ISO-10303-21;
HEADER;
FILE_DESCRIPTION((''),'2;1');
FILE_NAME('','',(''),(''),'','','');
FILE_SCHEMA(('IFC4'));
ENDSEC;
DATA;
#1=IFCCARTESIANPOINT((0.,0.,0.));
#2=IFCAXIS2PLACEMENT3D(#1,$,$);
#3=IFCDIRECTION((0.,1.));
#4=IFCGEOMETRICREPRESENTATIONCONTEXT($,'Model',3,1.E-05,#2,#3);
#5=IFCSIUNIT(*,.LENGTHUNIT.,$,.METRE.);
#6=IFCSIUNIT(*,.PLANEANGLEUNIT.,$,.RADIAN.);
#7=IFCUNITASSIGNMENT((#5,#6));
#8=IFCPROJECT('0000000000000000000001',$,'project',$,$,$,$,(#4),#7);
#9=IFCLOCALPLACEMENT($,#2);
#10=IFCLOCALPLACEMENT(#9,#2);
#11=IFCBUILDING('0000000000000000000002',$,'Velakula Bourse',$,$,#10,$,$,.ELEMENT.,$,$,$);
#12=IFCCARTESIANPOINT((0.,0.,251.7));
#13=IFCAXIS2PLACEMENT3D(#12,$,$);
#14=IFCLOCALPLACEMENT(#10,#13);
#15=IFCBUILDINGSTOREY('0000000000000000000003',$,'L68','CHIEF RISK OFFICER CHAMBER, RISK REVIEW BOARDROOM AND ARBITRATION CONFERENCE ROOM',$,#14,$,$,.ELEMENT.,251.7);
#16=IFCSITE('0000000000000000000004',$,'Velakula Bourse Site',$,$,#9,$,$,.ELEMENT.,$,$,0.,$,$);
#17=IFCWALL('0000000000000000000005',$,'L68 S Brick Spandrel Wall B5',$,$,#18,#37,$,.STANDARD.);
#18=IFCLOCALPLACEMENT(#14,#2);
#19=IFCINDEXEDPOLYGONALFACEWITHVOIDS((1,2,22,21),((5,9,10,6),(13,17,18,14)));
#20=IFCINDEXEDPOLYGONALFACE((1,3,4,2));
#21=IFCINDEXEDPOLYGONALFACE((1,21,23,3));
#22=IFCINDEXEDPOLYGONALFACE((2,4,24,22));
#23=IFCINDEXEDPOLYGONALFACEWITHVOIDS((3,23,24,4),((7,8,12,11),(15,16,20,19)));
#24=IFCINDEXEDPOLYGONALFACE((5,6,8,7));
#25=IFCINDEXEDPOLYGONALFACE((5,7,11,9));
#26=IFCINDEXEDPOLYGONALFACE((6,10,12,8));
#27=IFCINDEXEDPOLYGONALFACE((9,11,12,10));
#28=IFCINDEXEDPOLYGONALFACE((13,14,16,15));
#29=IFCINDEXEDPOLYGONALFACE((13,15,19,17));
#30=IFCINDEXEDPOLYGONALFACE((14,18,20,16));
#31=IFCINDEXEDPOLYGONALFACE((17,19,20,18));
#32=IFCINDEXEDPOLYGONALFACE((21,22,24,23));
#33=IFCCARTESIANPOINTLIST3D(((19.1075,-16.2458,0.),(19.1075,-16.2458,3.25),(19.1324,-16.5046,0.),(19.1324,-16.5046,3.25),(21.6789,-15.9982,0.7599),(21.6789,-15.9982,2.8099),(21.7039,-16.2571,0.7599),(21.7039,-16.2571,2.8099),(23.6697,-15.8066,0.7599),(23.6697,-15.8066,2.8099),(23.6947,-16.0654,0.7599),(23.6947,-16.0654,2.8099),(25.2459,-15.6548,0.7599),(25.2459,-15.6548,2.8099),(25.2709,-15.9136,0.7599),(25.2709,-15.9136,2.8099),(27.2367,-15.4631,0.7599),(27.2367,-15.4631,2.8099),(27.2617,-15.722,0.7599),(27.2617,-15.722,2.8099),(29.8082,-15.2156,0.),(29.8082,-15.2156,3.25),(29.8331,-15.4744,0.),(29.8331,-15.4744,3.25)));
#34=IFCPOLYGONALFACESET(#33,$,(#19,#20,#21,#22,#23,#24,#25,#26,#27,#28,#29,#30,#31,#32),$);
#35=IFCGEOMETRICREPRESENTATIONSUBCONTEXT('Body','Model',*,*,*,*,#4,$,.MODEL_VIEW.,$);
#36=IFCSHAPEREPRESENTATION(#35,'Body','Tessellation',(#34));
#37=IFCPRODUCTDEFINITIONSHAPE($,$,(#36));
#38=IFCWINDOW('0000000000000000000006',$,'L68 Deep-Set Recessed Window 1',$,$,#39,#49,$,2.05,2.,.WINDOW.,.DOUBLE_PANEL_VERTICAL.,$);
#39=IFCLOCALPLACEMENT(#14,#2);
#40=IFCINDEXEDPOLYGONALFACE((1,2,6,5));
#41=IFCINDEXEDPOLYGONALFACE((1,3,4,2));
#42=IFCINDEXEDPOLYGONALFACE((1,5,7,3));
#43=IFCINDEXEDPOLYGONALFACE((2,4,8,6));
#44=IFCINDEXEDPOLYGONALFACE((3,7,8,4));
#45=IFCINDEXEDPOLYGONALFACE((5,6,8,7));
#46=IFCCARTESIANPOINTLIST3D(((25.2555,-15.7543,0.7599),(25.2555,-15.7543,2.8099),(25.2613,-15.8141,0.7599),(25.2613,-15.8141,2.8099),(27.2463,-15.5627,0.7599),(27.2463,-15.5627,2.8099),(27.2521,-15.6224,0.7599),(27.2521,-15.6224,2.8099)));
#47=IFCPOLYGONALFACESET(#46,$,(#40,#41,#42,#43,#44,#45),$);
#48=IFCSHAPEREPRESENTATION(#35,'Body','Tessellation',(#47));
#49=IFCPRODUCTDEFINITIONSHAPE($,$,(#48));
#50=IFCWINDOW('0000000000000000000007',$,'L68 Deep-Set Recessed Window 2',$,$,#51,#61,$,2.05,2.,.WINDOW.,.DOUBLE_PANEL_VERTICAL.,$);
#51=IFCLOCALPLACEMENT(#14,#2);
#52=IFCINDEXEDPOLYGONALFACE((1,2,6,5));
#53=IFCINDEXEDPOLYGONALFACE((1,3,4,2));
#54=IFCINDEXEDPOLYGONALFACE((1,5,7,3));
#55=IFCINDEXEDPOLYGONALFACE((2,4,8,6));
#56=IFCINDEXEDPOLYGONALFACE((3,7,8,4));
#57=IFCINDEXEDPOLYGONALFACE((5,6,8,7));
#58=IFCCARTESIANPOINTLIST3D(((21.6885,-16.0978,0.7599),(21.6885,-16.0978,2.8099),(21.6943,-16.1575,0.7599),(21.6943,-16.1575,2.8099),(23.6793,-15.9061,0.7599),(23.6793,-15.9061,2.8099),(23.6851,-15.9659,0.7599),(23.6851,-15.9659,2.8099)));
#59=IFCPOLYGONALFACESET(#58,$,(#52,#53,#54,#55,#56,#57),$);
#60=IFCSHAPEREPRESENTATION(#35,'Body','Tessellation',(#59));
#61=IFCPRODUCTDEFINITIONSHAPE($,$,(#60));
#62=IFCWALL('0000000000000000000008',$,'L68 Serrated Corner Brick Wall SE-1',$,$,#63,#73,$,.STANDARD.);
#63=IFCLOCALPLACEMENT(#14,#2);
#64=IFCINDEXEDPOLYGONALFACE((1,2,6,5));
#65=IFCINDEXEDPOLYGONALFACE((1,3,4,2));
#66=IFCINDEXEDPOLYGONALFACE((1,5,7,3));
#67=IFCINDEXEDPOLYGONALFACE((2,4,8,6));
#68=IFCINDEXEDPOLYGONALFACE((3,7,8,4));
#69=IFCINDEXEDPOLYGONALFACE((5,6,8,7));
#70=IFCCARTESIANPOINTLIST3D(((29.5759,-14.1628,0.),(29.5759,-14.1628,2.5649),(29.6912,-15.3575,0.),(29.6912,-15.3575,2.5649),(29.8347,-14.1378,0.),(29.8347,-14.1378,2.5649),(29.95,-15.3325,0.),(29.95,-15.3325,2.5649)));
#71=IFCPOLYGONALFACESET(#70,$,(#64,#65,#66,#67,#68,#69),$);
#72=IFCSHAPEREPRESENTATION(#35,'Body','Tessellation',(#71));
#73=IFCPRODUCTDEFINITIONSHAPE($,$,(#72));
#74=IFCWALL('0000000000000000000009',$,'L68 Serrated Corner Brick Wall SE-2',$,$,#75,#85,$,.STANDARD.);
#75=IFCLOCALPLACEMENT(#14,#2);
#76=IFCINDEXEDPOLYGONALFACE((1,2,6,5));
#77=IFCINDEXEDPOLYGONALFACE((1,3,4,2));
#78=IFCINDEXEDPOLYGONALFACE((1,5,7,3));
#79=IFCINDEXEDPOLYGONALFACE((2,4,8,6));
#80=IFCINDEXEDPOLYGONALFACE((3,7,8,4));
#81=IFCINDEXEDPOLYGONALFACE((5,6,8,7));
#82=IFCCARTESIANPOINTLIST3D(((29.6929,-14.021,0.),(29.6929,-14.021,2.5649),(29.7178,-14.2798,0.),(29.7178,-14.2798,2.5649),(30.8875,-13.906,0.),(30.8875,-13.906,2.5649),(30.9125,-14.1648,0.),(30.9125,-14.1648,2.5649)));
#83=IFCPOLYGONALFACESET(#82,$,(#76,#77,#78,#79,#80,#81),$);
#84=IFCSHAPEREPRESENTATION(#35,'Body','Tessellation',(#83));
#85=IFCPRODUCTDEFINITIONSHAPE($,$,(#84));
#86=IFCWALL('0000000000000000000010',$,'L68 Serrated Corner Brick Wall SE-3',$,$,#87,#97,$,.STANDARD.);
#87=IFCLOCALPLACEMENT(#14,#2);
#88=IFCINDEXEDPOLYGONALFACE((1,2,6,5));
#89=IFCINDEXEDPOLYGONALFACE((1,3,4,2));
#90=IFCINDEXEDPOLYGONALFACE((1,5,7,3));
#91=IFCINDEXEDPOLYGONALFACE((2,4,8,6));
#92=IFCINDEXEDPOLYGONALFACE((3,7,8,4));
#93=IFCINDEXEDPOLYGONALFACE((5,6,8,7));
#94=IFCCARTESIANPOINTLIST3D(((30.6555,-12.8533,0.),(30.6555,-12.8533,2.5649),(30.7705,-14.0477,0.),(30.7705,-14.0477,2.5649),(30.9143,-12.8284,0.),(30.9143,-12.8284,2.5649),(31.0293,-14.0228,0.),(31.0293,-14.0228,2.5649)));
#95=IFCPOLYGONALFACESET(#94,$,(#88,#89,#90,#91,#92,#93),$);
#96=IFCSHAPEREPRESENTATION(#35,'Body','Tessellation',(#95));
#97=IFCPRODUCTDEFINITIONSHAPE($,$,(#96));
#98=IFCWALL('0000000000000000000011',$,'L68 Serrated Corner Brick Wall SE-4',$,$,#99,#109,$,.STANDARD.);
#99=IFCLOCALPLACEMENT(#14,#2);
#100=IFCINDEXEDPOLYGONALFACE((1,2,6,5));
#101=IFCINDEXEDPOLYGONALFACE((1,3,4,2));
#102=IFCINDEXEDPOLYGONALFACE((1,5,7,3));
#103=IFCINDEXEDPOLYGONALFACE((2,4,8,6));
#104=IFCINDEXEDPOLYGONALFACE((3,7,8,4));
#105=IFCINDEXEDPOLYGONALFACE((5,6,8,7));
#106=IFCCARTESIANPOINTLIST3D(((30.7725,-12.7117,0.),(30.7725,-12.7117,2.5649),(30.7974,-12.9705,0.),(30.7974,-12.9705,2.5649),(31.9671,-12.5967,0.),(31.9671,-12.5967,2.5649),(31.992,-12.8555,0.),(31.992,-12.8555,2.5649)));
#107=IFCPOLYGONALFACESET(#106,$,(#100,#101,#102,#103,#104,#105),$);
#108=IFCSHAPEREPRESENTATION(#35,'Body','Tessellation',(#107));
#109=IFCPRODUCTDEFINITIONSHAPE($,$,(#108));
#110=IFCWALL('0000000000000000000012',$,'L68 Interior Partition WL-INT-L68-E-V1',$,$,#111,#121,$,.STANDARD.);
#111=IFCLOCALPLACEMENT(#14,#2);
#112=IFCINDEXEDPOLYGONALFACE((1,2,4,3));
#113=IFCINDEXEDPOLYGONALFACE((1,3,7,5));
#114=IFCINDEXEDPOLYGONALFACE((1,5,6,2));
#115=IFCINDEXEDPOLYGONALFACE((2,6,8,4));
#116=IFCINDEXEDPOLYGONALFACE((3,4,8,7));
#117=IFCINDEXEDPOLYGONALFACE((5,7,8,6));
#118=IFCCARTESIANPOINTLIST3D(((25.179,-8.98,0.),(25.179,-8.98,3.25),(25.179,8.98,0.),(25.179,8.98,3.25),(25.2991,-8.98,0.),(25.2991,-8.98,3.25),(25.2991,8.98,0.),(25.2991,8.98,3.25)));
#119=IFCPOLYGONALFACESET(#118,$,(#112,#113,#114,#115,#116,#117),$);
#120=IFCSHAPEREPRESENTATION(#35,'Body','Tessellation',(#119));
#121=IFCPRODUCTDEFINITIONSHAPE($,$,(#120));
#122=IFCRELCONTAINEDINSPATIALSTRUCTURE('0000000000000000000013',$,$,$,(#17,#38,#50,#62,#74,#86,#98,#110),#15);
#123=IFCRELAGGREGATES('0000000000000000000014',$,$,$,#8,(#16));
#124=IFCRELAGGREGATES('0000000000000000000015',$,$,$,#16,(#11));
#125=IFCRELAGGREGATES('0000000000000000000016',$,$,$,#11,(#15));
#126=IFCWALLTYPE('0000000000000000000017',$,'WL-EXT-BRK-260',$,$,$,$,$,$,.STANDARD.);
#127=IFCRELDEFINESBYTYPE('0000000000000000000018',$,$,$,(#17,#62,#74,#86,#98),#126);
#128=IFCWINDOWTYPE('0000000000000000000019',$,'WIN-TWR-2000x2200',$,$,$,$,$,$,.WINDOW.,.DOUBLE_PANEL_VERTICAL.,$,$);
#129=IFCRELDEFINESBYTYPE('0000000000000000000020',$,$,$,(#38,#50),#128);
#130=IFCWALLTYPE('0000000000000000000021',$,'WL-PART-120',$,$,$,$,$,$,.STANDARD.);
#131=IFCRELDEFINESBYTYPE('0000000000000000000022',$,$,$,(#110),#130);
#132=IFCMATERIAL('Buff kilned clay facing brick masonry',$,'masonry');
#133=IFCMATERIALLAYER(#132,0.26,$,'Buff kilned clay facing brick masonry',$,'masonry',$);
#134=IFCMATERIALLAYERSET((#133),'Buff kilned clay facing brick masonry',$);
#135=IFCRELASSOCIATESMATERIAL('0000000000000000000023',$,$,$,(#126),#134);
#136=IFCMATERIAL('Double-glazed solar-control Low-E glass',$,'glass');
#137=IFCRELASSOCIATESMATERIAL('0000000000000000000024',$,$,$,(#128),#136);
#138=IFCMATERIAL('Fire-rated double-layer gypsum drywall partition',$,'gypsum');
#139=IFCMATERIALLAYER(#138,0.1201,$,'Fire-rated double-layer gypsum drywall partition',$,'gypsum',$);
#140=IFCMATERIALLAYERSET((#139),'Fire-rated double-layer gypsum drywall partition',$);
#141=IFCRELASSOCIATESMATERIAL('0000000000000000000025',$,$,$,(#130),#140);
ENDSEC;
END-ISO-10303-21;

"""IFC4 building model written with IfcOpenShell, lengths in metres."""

from ifc_helpers import new_model, si_unit, direction, frame, frame_2d, origin, place, context, subcontext, project, spatial, rectangle, extrude, material, layer, layer_set, type_object, element, fill, save


model = new_model("IFC4")

# Units and contexts
model_context = context("Model", 3, precision=1e-05, world=origin(), true_north=direction((0.0, 1.0)))
body_context = subcontext(model_context, "Body", "Model", "MODEL_VIEW")
ifc_project = project(units=[si_unit("LENGTHUNIT", "METRE"), si_unit("PLANEANGLEUNIT", "RADIAN")], contexts=[model_context])

# Site, building, storey
site_placement = place(None, origin())
site = spatial("IfcSite", under=ifc_project, at=site_placement, Name="Velakula Bourse Site", CompositionType="ELEMENT", RefElevation=0.0)
building_placement = place(site_placement, origin())
building = spatial("IfcBuilding", under=site, at=building_placement, Name="Velakula Bourse", CompositionType="ELEMENT")
storey_placement = place(building_placement, frame((0.0, 0.0, 251.7)))
storey = spatial("IfcBuildingStorey", under=building, at=storey_placement, Name="L68", Description="CHIEF RISK OFFICER CHAMBER, RISK REVIEW BOARDROOM AND ARBITRATION CONFERENCE ROOM", CompositionType="ELEMENT", Elevation=251.7)

# Wall, openings, windows
ifc_material_1 = material(Name="Buff kilned clay facing brick masonry", Category="masonry")
ifc_layer_1 = layer(ifc_material_1, 0.26, Name="Buff kilned clay facing brick masonry", Category="masonry")
ifc_layer_set_1 = layer_set([ifc_layer_1], Name="Buff kilned clay facing brick masonry")
wall_type_1 = type_object("IfcWallType", Name="WL-EXT-BRK-260", PredefinedType="STANDARD", material=ifc_layer_set_1)
wall_1_placement = place(storey_placement, frame((29.8206, -15.345, 0.0), z_axis=(0.0, 0.0, 1.0), x_axis=(-0.995397, -0.095838, 0.0)))
wall_1 = element("IfcWall", 1, at=wall_1_placement, inside=storey, type_object=wall_type_1, Name="L68 S Brick Spandrel Wall B5", PredefinedType="STANDARD", context=body_context, shape_type="SweptSolid", body=[
    extrude(rectangle(XDim=10.7502, YDim=0.26, at=frame_2d((5.375, 0.0))), origin(), (0.0, 0.0, 1.0), 3.25),
])
opening_1_placement = place(wall_1_placement, frame((2.5833, 0.0, 0.76)))
opening_1 = element("IfcOpeningElement", 2, at=opening_1_placement, cuts=wall_1, PredefinedType="OPENING", context=body_context, shape_type="SweptSolid", body=[
    extrude(rectangle(XDim=2.0, YDim=2.05, at=frame_2d((1.0, 1.0249))), frame((0.0, 0.1399, 0.0), z_axis=(0.0, -1.0, 0.0), x_axis=(1.0, 0.0, 0.0)), (0.0, 0.0, 1.0), 0.28),
])
opening_2_placement = place(wall_1_placement, frame((6.1667, 0.0, 0.76)))
opening_2 = element("IfcOpeningElement", 3, at=opening_2_placement, cuts=wall_1, PredefinedType="OPENING", context=body_context, shape_type="SweptSolid", body=[
    extrude(rectangle(XDim=2.0, YDim=2.05, at=frame_2d((1.0, 1.0249))), frame((0.0, 0.1399, 0.0), z_axis=(0.0, -1.0, 0.0), x_axis=(1.0, 0.0, 0.0)), (0.0, 0.0, 1.0), 0.28),
])
ifc_material_2 = material(Name="Double-glazed solar-control Low-E glass", Category="glass")
window_type = type_object("IfcWindowType", Name="WIN-TWR-2000x2200", PartitioningType="DOUBLE_PANEL_VERTICAL", PredefinedType="WINDOW", material=ifc_material_2)
window_1_placement = place(opening_1_placement, origin())
window_1 = element("IfcWindow", 4, at=window_1_placement, inside=storey, type_object=window_type, Name="L68 Deep-Set Recessed Window 1", OverallHeight=2.05, OverallWidth=2.0, PartitioningType="DOUBLE_PANEL_VERTICAL", PredefinedType="WINDOW", context=body_context, shape_type="SweptSolid", body=[
    extrude(rectangle(XDim=2.0, YDim=2.05, at=frame_2d((1.0, 1.0249))), frame((0.0, 0.03, 0.0), z_axis=(0.0, -1.0, 0.0), x_axis=(1.0, 0.0, 0.0)), (0.0, 0.0, 1.0), 0.0601),
])
fill(opening_1, window_1)
window_2_placement = place(opening_2_placement, origin())
window_2 = element("IfcWindow", 5, at=window_2_placement, inside=storey, type_object=window_type, Name="L68 Deep-Set Recessed Window 2", OverallHeight=2.05, OverallWidth=2.0, PartitioningType="DOUBLE_PANEL_VERTICAL", PredefinedType="WINDOW", context=body_context, shape_type="SweptSolid", body=[
    extrude(rectangle(XDim=2.0, YDim=2.05, at=frame_2d((1.0, 1.0249))), frame((0.0, 0.03, 0.0), z_axis=(0.0, -1.0, 0.0), x_axis=(1.0, 0.0, 0.0)), (0.0, 0.0, 1.0), 0.0601),
])
fill(opening_2, window_2)

# Walls
for number, where, z_axis, x_axis, name in (
    (6, (29.8206, -15.345, 0.0), (0.0, 0.0, 1.0), (-0.096019, 0.99538, 0.0), "L68 Serrated Corner Brick Wall SE-1"),
    (7, (29.7053, -14.1504, 0.0), (0.0, 0.0, 1.0), (0.995399, 0.095817, 0.0), "L68 Serrated Corner Brick Wall SE-2"),
):
    element("IfcWall", number, at=place(storey_placement, frame(where, z_axis=z_axis, x_axis=x_axis)), inside=storey, type_object=wall_type_1, Name=name, PredefinedType="STANDARD", context=body_context, shape_type="SweptSolid", body=[
        extrude(rectangle(XDim=1.2002, YDim=0.26, at=frame_2d((0.6001, 0.0))), origin(), (0.0, 0.0, 1.0), 2.5649),
    ])
wall_2_placement = place(storey_placement, frame((30.8999, -14.0354, 0.0), z_axis=(0.0, 0.0, 1.0), x_axis=(-0.095836, 0.995397, 0.0)))
element("IfcWall", 8, at=wall_2_placement, inside=storey, type_object=wall_type_1, Name="L68 Serrated Corner Brick Wall SE-3", PredefinedType="STANDARD", context=body_context, shape_type="SweptSolid", body=[
    extrude(rectangle(XDim=1.2, YDim=0.26, at=frame_2d((0.6001, 0.0))), origin(), (0.0, 0.0, 1.0), 2.5649),
])
wall_3_placement = place(storey_placement, frame((30.7849, -12.8411, 0.0), z_axis=(0.0, 0.0, 1.0), x_axis=(0.995399, 0.095817, 0.0)))
element("IfcWall", 9, at=wall_3_placement, inside=storey, type_object=wall_type_1, Name="L68 Serrated Corner Brick Wall SE-4", PredefinedType="STANDARD", context=body_context, shape_type="SweptSolid", body=[
    extrude(rectangle(XDim=1.2002, YDim=0.26, at=frame_2d((0.6001, 0.0))), origin(), (0.0, 0.0, 1.0), 2.5649),
])
ifc_material_3 = material(Name="Fire-rated double-layer gypsum drywall partition", Category="gypsum")
ifc_layer_2 = layer(ifc_material_3, 0.1201, Name="Fire-rated double-layer gypsum drywall partition", Category="gypsum")
ifc_layer_set_2 = layer_set([ifc_layer_2], Name="Fire-rated double-layer gypsum drywall partition")
wall_type_2 = type_object("IfcWallType", Name="WL-PART-120", PredefinedType="STANDARD", material=ifc_layer_set_2)
wall_4_placement = place(storey_placement, frame((25.239, -8.98, 0.0), z_axis=(0.0, 0.0, 1.0), x_axis=(0.0, 1.0, 0.0)))
element("IfcWall", 10, at=wall_4_placement, inside=storey, type_object=wall_type_2, Name="L68 Interior Partition WL-INT-L68-E-V1", PredefinedType="STANDARD", context=body_context, shape_type="SweptSolid", body=[
    extrude(rectangle(XDim=17.96, YDim=0.1201, at=frame_2d((8.98, 0.0))), origin(), (0.0, 0.0, 1.0), 3.25),
])

save(model, "model.ifc")
